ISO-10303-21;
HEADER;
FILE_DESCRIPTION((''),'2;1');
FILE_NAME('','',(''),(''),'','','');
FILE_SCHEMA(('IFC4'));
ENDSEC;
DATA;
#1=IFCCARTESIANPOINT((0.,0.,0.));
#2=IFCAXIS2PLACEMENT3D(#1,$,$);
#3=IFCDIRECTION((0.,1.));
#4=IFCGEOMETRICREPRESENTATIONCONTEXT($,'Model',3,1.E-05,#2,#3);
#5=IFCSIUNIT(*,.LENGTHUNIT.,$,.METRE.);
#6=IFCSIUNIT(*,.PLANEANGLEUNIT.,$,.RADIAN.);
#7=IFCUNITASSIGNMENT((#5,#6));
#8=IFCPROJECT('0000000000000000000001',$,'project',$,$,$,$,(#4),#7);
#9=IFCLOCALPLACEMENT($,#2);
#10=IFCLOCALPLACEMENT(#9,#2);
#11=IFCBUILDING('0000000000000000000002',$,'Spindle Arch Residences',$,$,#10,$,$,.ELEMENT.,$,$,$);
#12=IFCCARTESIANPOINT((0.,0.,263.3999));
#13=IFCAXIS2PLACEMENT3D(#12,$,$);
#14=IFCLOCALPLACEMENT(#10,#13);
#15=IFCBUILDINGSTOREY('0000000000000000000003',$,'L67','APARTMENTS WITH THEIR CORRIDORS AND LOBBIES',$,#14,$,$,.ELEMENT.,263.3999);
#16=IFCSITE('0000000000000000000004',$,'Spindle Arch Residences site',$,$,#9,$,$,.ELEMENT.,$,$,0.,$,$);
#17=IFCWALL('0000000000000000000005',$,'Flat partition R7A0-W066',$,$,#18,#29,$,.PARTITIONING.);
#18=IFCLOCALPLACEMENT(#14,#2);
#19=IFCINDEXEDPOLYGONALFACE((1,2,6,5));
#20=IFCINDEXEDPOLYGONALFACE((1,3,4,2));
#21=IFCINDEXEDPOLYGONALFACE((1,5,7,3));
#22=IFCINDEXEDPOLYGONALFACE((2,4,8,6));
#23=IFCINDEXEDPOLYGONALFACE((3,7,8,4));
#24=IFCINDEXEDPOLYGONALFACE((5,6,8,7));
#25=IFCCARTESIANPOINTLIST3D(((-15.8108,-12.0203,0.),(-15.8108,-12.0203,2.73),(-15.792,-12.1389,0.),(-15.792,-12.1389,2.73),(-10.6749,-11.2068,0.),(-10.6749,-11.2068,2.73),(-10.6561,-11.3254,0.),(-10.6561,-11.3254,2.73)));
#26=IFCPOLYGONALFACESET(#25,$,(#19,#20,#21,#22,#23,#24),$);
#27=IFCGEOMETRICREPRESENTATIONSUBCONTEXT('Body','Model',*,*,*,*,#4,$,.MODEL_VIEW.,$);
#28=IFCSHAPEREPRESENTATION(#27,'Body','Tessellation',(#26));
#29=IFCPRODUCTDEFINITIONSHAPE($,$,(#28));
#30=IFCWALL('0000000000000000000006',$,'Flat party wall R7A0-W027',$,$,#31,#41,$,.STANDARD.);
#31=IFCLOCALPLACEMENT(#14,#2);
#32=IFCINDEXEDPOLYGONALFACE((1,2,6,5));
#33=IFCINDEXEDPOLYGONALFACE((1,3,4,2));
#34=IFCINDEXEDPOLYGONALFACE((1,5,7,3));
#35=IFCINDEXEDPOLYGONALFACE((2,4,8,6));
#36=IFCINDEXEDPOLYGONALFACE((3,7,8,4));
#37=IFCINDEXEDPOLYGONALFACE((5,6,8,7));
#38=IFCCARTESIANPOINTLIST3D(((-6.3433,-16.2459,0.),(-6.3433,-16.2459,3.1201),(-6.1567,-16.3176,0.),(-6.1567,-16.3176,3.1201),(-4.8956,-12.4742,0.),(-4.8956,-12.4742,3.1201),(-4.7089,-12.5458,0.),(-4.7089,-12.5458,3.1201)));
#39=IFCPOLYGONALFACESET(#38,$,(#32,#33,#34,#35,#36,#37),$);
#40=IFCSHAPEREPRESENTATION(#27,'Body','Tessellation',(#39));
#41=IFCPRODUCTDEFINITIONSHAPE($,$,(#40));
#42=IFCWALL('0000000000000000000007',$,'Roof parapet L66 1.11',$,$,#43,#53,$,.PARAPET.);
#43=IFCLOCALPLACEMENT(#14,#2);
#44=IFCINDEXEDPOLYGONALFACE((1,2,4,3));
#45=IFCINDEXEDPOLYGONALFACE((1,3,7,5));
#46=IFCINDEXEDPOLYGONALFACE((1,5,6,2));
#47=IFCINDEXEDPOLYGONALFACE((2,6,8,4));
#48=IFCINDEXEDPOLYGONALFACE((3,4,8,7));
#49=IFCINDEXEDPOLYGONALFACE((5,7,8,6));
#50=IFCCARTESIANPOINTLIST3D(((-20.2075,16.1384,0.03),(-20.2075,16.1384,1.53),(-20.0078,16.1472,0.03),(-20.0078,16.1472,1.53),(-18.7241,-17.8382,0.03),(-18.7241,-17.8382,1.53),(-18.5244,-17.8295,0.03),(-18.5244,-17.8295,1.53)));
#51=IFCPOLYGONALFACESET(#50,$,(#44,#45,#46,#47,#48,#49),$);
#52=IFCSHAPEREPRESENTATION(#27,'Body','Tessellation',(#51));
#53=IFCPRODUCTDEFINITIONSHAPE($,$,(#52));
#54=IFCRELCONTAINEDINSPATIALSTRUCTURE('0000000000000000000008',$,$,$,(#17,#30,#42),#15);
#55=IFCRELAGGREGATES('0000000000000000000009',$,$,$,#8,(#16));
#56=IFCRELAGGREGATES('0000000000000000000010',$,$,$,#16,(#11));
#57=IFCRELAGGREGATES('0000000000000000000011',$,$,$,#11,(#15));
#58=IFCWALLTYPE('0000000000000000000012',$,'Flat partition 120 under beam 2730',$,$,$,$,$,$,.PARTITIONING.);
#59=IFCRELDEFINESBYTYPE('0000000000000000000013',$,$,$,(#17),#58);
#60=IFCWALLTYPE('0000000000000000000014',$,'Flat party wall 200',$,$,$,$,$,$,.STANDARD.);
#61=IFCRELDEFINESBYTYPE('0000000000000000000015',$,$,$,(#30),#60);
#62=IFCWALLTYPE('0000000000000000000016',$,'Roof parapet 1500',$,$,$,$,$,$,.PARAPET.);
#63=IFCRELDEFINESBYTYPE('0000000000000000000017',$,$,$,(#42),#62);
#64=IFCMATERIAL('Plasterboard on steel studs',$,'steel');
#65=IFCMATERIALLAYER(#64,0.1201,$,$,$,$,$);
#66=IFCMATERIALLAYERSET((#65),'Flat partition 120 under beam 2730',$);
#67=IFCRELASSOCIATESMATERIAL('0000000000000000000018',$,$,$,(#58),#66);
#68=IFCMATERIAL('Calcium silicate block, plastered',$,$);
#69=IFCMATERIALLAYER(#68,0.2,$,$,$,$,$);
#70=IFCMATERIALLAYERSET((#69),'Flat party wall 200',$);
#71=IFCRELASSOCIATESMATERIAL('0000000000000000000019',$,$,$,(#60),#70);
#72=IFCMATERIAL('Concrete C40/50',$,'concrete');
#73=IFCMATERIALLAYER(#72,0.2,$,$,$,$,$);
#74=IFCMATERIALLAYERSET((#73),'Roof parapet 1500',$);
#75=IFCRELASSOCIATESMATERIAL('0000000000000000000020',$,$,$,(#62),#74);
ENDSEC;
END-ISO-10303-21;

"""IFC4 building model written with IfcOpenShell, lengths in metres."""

from ifc_helpers import new_model, si_unit, direction, frame, frame_2d, origin, place, context, subcontext, project, spatial, rectangle, extrude, material, layer, layer_set, type_object, element, save


model = new_model("IFC4")

# Units and contexts
model_context = context("Model", 3, precision=1e-05, world=origin(), true_north=direction((0.0, 1.0)))
body_context = subcontext(model_context, "Body", "Model", "MODEL_VIEW")
ifc_project = project(units=[si_unit("LENGTHUNIT", "METRE"), si_unit("PLANEANGLEUNIT", "RADIAN")], contexts=[model_context])

# Site, building, storey
site_placement = place(None, origin())
site = spatial("IfcSite", under=ifc_project, at=site_placement, Name="Spindle Arch Residences site", CompositionType="ELEMENT", RefElevation=0.0)
building_placement = place(site_placement, origin())
building = spatial("IfcBuilding", under=site, at=building_placement, Name="Spindle Arch Residences", CompositionType="ELEMENT")
storey_placement = place(building_placement, frame((0.0, 0.0, 263.3999)))
storey = spatial("IfcBuildingStorey", under=building, at=storey_placement, Name="L67", Description="APARTMENTS WITH THEIR CORRIDORS AND LOBBIES", CompositionType="ELEMENT", Elevation=263.3999)

# Walls
ifc_material_1 = material(Name="Plasterboard on steel studs", Category="steel")
ifc_layer_1 = layer(ifc_material_1, 0.1201)
ifc_layer_set_1 = layer_set([ifc_layer_1], Name="Flat partition 120 under beam 2730")
wall_type_1 = type_object("IfcWallType", Name="Flat partition 120 under beam 2730", PredefinedType="PARTITIONING", material=ifc_layer_set_1)
wall_1_placement = place(storey_placement, frame((-15.8015, -12.0796, 0.0), z_axis=(0.0, 0.0, 1.0), x_axis=(0.987688, 0.156438, 0.0)))
element("IfcWall", 1, at=wall_1_placement, inside=storey, type_object=wall_type_1, Name="Flat partition R7A0-W066", PredefinedType="PARTITIONING", context=body_context, shape_type="SweptSolid", body=[
    extrude(rectangle(XDim=5.2, YDim=0.1201, at=frame_2d((2.6001, 0.0))), origin(), (0.0, 0.0, 1.0), 2.73),
])
ifc_material_2 = material(Name="Calcium silicate block, plastered")
ifc_layer_2 = layer(ifc_material_2, 0.2)
ifc_layer_set_2 = layer_set([ifc_layer_2], Name="Flat party wall 200")
wall_type_2 = type_object("IfcWallType", Name="Flat party wall 200", PredefinedType="STANDARD", material=ifc_layer_set_2)
wall_2_placement = place(storey_placement, frame((-6.25, -16.2817, 0.0), z_axis=(0.0, 0.0, 1.0), x_axis=(0.358351, 0.933587, 0.0)))
element("IfcWall", 2, at=wall_2_placement, inside=storey, type_object=wall_type_2, Name="Flat party wall R7A0-W027", PredefinedType="STANDARD", context=body_context, shape_type="SweptSolid", body=[
    extrude(rectangle(XDim=4.04, YDim=0.2, at=frame_2d((2.02, 0.0))), origin(), (0.0, 0.0, 1.0), 3.1201),
])
ifc_material_3 = material(Name="Concrete C40/50", Category="concrete")
ifc_layer_3 = layer(ifc_material_3, 0.2)
ifc_layer_set_3 = layer_set([ifc_layer_3], Name="Roof parapet 1500")
wall_type_3 = type_object("IfcWallType", Name="Roof parapet 1500", PredefinedType="PARAPET", material=ifc_layer_set_3)
wall_3_placement = place(storey_placement, frame((-18.6243, -17.8337, 0.03), z_axis=(0.0, 0.0, 1.0), x_axis=(-0.043618, 0.999048, 0.0)))
element("IfcWall", 3, at=wall_3_placement, inside=storey, type_object=wall_type_3, Name="Roof parapet L66 1.11", PredefinedType="PARAPET", context=body_context, shape_type="SweptSolid", body=[
    extrude(rectangle(XDim=34.009, YDim=0.2, at=frame_2d((17.0044, 0.0))), origin(), (0.0, 0.0, 1.0), 1.5),
])

save(model, "model.ifc")
